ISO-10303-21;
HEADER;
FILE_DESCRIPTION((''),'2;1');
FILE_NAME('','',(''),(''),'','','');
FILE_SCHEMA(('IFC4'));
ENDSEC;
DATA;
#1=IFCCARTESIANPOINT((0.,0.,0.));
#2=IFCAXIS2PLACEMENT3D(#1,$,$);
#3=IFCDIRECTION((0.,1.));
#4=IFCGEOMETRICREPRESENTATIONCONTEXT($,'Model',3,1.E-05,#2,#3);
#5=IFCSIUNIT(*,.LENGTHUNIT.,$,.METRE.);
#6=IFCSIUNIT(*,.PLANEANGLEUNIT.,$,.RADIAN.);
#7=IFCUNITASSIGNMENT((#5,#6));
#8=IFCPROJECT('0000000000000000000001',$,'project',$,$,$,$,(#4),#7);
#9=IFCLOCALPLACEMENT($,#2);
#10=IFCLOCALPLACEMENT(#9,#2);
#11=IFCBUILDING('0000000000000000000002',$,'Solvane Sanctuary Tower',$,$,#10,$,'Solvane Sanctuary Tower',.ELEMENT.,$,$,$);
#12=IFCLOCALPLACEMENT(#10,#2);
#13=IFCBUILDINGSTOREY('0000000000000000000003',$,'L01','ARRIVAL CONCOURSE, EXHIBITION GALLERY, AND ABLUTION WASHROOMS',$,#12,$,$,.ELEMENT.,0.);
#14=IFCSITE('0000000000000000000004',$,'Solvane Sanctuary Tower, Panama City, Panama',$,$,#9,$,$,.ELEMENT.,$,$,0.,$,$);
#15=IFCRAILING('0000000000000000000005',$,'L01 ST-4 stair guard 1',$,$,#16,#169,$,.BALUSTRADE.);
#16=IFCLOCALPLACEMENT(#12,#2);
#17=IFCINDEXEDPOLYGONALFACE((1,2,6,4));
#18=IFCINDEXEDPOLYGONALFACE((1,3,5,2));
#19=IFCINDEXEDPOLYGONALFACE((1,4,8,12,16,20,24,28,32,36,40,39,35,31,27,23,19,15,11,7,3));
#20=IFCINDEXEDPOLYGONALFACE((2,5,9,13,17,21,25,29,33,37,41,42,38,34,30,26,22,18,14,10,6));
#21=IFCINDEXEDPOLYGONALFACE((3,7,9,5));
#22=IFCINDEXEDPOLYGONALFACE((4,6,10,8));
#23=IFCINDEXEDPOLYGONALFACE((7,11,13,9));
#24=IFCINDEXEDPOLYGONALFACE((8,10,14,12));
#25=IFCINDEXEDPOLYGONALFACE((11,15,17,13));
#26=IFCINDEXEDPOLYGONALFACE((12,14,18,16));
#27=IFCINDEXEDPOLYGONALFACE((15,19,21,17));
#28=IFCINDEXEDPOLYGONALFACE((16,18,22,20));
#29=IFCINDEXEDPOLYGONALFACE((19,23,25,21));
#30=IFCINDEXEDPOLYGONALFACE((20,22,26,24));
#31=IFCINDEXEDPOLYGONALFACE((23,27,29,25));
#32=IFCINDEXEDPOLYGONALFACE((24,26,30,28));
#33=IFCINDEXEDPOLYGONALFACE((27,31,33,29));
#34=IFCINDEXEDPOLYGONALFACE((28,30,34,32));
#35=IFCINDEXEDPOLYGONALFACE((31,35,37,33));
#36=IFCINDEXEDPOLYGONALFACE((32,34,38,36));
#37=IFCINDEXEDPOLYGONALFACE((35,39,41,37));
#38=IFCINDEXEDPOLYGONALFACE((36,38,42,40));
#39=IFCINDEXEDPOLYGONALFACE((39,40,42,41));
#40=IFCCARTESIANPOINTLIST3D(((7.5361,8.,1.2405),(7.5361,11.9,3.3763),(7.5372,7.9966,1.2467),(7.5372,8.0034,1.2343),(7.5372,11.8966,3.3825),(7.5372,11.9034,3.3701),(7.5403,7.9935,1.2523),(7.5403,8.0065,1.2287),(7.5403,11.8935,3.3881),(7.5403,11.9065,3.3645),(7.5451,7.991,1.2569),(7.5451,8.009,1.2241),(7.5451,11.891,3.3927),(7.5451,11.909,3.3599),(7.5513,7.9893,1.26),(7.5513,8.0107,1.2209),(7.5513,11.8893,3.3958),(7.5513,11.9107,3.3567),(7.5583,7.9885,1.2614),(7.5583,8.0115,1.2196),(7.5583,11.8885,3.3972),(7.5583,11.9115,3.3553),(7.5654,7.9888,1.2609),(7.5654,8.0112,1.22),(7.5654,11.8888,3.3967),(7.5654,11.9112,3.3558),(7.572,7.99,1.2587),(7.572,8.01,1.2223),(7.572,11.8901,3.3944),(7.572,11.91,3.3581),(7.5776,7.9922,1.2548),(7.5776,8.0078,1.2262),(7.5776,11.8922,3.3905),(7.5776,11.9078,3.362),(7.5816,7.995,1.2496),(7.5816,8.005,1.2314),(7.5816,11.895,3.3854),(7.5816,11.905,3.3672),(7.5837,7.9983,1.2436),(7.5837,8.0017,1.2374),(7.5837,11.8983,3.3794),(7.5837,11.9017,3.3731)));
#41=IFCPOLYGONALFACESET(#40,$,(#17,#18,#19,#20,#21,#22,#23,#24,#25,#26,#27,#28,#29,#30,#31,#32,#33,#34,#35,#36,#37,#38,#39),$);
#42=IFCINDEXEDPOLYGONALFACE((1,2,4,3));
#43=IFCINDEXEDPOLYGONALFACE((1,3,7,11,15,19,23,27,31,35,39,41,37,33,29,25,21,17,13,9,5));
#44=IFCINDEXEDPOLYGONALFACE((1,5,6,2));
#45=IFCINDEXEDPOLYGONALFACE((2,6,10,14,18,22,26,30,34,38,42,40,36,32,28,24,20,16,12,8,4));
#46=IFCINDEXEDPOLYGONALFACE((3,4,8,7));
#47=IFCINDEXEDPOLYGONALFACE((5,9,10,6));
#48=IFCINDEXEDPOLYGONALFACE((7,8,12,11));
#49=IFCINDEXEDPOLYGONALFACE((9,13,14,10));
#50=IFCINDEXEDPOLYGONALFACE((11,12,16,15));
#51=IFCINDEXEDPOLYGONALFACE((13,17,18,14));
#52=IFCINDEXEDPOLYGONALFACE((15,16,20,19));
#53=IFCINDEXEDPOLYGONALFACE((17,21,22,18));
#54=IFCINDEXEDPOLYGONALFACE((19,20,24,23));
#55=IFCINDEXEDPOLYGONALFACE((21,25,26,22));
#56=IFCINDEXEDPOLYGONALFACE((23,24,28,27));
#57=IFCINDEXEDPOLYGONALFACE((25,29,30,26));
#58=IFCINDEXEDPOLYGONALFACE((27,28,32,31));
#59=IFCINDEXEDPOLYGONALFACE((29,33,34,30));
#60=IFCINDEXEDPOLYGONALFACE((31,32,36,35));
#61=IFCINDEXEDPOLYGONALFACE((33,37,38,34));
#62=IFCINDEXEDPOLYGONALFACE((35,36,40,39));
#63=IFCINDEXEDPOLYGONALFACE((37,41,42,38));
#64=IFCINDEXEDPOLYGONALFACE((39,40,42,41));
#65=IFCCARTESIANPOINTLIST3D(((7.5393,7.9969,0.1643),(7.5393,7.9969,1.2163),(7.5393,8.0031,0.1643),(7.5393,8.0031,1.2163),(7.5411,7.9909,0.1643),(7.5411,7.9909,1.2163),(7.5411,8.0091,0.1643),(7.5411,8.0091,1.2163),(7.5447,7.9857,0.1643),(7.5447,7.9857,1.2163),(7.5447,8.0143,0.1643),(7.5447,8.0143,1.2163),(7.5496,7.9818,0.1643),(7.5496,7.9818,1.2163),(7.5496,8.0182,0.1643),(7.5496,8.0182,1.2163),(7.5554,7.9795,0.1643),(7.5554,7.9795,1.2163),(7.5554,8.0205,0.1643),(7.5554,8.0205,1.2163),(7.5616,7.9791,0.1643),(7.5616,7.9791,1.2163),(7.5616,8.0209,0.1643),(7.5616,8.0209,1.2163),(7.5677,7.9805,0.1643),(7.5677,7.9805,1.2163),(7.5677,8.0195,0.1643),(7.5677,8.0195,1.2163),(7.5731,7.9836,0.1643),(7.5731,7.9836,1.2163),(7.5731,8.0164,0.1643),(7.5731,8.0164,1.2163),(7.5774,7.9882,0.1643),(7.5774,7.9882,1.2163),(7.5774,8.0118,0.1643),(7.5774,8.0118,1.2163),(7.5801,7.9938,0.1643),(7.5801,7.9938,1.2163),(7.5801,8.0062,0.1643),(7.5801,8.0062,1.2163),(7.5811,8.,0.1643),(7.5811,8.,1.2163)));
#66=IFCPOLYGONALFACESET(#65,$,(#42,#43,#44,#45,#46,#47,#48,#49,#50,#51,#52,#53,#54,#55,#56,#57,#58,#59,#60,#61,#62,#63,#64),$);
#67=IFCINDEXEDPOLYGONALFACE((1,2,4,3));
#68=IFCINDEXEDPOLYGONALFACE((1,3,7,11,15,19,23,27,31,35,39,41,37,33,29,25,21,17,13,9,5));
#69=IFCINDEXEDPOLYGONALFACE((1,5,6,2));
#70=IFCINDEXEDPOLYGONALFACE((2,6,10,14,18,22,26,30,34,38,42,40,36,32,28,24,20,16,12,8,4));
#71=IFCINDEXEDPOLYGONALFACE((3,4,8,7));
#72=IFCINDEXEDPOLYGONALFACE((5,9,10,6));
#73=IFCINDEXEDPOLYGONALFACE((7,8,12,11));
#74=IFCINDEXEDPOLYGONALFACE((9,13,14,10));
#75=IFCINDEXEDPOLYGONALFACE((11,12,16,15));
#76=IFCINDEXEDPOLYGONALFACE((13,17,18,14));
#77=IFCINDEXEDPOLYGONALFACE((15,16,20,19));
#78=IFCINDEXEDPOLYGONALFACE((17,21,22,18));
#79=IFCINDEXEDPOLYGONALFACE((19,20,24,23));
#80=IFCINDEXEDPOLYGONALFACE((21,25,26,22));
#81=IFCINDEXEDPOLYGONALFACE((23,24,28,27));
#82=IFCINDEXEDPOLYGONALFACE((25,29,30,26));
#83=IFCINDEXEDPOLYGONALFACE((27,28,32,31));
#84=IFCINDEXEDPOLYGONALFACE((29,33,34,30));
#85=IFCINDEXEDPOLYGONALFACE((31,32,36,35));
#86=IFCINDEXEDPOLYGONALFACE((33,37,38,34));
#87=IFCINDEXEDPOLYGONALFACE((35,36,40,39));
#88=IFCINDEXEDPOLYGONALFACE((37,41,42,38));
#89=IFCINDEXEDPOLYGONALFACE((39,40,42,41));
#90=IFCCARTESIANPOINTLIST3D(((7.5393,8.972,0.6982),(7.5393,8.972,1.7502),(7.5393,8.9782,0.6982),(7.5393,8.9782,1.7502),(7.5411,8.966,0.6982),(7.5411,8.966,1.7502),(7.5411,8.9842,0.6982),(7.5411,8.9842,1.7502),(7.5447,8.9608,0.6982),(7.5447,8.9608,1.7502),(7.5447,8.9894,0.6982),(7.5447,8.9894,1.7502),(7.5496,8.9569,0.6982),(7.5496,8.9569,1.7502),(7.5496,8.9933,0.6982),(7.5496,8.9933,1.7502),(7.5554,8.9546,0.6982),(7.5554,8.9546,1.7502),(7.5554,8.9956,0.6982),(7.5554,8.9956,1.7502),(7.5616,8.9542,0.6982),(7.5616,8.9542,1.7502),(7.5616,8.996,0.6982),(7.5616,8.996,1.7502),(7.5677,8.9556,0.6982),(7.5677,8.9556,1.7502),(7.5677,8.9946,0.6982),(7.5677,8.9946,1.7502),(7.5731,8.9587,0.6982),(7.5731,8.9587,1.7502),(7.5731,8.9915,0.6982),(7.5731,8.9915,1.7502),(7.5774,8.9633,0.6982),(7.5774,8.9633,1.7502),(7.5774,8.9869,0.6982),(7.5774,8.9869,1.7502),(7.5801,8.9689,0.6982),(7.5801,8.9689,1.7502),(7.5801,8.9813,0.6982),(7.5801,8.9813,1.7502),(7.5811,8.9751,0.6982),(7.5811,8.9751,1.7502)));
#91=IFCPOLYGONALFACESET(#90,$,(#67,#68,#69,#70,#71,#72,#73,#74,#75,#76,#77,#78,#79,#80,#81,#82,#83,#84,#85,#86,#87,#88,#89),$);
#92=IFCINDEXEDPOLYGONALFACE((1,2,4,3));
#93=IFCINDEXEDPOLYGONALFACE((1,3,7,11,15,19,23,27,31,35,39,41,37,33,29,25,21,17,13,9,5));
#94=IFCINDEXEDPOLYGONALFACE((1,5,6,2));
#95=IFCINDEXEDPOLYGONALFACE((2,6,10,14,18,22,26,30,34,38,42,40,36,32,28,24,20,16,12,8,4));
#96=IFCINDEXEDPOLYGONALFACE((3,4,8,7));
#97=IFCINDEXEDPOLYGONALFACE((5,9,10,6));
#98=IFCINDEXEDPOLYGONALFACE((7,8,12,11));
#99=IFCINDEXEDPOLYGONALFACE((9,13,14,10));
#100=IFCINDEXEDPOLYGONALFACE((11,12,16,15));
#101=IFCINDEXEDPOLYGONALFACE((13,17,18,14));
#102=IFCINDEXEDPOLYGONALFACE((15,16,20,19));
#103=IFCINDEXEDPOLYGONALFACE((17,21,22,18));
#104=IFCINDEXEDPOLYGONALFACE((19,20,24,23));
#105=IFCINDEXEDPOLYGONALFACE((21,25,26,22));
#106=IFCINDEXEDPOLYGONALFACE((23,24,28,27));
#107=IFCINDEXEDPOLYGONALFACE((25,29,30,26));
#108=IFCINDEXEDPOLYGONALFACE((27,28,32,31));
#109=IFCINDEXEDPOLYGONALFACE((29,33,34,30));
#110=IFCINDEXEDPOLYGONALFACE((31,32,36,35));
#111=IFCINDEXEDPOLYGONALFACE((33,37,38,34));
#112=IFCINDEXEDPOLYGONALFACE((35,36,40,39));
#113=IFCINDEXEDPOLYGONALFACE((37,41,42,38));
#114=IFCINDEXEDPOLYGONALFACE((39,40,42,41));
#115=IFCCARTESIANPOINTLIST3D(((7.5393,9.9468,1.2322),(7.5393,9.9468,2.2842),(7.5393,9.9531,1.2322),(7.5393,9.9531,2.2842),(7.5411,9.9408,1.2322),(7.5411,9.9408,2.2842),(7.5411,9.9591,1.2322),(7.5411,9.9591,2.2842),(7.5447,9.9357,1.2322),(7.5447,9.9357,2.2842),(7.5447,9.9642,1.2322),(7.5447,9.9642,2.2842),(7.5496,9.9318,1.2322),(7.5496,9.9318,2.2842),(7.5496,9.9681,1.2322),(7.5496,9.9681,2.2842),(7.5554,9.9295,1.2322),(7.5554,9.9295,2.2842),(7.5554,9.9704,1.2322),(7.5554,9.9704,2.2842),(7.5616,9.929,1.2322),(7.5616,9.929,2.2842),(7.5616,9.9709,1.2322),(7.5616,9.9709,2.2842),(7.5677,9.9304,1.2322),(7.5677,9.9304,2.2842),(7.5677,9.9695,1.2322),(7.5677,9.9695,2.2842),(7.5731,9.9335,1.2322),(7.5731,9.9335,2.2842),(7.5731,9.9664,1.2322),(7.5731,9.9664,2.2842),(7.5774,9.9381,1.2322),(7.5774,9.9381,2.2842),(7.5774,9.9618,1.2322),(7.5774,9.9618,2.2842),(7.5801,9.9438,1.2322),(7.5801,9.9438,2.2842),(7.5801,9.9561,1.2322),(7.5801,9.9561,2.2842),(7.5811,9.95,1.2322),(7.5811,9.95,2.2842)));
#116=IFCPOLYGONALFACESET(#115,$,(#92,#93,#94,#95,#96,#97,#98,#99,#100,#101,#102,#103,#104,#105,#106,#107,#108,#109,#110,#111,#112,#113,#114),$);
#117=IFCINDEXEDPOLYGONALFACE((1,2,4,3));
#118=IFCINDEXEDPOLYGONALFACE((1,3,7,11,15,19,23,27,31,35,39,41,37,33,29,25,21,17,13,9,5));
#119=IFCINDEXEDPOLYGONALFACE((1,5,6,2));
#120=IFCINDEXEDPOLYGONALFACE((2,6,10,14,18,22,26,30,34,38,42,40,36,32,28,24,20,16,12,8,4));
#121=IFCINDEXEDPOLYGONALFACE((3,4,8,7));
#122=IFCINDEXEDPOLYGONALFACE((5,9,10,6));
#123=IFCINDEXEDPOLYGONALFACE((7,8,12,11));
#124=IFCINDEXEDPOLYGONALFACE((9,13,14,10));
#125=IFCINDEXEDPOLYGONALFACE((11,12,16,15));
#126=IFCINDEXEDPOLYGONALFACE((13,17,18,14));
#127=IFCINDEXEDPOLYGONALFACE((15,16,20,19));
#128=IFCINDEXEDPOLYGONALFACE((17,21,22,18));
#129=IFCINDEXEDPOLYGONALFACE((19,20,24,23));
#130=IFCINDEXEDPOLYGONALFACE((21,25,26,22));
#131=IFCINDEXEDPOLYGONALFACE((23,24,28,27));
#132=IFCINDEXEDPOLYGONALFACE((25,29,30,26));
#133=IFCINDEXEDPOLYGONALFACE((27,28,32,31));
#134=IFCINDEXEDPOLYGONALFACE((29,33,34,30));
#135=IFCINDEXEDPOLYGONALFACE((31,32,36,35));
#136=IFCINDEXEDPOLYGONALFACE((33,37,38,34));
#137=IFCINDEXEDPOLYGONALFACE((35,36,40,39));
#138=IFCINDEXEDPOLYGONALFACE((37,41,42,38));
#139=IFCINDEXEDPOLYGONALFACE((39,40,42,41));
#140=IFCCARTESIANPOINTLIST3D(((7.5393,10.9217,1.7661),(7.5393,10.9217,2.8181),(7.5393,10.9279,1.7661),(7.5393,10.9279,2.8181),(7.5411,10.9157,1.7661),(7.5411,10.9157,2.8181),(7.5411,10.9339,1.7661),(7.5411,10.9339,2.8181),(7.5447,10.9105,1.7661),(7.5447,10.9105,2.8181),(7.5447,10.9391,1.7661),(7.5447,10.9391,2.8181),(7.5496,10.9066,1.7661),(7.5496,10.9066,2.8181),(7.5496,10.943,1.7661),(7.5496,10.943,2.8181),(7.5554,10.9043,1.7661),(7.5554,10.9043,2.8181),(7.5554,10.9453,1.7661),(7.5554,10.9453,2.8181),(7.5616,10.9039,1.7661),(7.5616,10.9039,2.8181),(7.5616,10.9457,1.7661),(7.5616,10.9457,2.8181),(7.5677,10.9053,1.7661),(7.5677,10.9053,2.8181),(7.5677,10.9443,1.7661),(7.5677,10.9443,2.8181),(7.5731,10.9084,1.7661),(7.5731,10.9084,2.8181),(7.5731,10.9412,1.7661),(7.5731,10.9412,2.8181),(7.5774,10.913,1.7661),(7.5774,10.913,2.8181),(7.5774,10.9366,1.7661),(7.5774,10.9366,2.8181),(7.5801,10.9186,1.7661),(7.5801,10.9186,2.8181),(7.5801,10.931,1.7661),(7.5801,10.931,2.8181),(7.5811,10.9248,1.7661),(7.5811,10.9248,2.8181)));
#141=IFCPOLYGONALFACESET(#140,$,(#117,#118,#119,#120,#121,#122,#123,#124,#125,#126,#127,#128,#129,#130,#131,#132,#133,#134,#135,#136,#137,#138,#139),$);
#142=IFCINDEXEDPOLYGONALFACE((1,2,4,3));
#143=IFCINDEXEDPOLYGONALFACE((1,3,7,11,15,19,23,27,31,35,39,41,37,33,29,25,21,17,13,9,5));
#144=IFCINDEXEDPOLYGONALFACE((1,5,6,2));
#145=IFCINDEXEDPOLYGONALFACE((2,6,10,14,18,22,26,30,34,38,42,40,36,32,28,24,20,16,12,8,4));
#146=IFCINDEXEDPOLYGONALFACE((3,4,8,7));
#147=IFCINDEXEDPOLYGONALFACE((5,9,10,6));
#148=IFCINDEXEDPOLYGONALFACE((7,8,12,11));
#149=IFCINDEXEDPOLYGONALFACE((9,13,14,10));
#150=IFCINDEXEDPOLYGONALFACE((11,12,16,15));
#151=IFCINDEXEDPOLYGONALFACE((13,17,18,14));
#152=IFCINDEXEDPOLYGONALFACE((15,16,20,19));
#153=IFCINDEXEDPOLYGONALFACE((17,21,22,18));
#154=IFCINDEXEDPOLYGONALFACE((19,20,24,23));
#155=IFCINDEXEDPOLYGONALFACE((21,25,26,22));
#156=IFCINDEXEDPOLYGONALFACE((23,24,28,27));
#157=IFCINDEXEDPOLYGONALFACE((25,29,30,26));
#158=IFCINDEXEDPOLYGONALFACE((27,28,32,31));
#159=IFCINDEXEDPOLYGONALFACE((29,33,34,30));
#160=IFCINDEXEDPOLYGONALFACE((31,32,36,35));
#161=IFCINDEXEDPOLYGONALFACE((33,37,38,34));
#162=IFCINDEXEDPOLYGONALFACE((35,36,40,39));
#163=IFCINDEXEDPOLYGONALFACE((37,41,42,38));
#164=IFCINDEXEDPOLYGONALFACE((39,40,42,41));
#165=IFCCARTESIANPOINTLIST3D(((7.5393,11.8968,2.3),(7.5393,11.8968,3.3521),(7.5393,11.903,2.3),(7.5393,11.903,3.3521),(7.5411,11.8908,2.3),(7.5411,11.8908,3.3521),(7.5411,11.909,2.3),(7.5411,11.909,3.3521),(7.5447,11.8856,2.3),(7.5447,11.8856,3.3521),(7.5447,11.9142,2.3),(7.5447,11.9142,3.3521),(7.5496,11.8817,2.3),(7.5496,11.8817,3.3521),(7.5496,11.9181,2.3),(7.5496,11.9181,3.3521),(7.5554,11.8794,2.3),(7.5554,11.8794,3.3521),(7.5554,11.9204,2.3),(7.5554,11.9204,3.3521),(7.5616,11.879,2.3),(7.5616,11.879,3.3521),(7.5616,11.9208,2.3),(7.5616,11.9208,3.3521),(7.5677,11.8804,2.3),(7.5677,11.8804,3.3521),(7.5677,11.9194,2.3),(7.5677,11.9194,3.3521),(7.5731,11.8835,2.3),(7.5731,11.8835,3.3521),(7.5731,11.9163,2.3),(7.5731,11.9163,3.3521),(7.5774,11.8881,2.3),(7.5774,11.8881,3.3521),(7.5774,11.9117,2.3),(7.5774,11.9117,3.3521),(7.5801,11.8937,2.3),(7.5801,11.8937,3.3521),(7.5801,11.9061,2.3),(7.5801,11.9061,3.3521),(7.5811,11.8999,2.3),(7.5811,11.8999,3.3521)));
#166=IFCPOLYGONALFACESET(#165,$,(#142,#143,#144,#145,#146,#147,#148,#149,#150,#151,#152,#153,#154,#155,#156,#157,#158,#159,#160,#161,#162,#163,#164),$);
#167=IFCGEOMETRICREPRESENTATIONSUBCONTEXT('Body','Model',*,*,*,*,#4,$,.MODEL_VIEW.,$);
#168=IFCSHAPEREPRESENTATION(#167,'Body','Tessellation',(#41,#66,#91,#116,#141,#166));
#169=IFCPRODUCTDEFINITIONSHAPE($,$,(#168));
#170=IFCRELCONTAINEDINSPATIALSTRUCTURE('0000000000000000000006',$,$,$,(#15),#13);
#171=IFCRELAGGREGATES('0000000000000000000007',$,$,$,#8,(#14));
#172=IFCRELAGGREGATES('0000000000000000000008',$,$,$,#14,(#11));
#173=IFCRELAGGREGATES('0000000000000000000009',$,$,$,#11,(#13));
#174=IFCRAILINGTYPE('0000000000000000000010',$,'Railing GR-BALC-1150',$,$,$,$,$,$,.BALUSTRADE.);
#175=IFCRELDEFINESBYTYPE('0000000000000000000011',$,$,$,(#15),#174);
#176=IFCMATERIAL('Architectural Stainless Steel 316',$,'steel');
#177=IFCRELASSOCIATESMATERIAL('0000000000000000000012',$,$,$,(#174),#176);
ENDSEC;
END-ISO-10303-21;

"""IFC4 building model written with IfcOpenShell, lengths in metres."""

from ifc_helpers import new_model, si_unit, direction, frame, origin, origin_2d, place, context, subcontext, project, spatial, circle, extrude, material, type_object, element, save


model = new_model("IFC4")

# Units and contexts
model_context = context("Model", 3, precision=1e-05, world=origin(), true_north=direction((0.0, 1.0)))
body_context = subcontext(model_context, "Body", "Model", "MODEL_VIEW")
ifc_project = project(units=[si_unit("LENGTHUNIT", "METRE"), si_unit("PLANEANGLEUNIT", "RADIAN")], contexts=[model_context])

# Site, building, storey
site_placement = place(None, origin())
site = spatial("IfcSite", under=ifc_project, at=site_placement, Name="Solvane Sanctuary Tower, Panama City, Panama", CompositionType="ELEMENT", RefElevation=0.0)
building_placement = place(site_placement, origin())
building = spatial("IfcBuilding", under=site, at=building_placement, Name="Solvane Sanctuary Tower", LongName="Solvane Sanctuary Tower", CompositionType="ELEMENT")
storey_placement = place(building_placement, origin())
storey = spatial("IfcBuildingStorey", under=building, at=storey_placement, Name="L01", Description="ARRIVAL CONCOURSE, EXHIBITION GALLERY, AND ABLUTION WASHROOMS", CompositionType="ELEMENT", Elevation=0.0)

# Shared definitions
ifc_material_1 = material(Name="Architectural Stainless Steel 316", Category="steel")

# Railing
railing_type_1 = type_object("IfcRailingType", Name="Railing GR-BALC-1150", PredefinedType="BALUSTRADE", material=ifc_material_1)
railing_1_placement = place(storey_placement, frame((7.5601, 8.0, 0.1643)))
element("IfcRailing", 1, at=railing_1_placement, inside=storey, type_object=railing_type_1, Name="L01 ST-4 stair guard 1", PredefinedType="BALUSTRADE", context=body_context, shape_type="SweptSolid", body=[
    extrude(circle(Radius=0.0239, at=origin_2d()), frame((0.0, 0.0, 1.0762), z_axis=(0.0, 0.877089, 0.480329), x_axis=(-1.0, 0.0, 0.0)), (0.0, 0.0, 1.0), 4.4465),
    extrude(circle(Radius=0.021, at=origin_2d()), origin(), (0.0, 0.0, 1.0), 1.052),
    extrude(circle(Radius=0.021, at=origin_2d()), frame((0.0, 0.9751, 0.5339)), (0.0, 0.0, 1.0), 1.052),
    extrude(circle(Radius=0.021, at=origin_2d()), frame((0.0, 1.95, 1.0679)), (0.0, 0.0, 1.0), 1.052),
    extrude(circle(Radius=0.021, at=origin_2d()), frame((0.0, 2.9248, 1.6018)), (0.0, 0.0, 1.0), 1.052),
    extrude(circle(Radius=0.021, at=origin_2d()), frame((0.0, 3.8999, 2.1357)), (0.0, 0.0, 1.0), 1.052),
])

save(model, "model.ifc")
